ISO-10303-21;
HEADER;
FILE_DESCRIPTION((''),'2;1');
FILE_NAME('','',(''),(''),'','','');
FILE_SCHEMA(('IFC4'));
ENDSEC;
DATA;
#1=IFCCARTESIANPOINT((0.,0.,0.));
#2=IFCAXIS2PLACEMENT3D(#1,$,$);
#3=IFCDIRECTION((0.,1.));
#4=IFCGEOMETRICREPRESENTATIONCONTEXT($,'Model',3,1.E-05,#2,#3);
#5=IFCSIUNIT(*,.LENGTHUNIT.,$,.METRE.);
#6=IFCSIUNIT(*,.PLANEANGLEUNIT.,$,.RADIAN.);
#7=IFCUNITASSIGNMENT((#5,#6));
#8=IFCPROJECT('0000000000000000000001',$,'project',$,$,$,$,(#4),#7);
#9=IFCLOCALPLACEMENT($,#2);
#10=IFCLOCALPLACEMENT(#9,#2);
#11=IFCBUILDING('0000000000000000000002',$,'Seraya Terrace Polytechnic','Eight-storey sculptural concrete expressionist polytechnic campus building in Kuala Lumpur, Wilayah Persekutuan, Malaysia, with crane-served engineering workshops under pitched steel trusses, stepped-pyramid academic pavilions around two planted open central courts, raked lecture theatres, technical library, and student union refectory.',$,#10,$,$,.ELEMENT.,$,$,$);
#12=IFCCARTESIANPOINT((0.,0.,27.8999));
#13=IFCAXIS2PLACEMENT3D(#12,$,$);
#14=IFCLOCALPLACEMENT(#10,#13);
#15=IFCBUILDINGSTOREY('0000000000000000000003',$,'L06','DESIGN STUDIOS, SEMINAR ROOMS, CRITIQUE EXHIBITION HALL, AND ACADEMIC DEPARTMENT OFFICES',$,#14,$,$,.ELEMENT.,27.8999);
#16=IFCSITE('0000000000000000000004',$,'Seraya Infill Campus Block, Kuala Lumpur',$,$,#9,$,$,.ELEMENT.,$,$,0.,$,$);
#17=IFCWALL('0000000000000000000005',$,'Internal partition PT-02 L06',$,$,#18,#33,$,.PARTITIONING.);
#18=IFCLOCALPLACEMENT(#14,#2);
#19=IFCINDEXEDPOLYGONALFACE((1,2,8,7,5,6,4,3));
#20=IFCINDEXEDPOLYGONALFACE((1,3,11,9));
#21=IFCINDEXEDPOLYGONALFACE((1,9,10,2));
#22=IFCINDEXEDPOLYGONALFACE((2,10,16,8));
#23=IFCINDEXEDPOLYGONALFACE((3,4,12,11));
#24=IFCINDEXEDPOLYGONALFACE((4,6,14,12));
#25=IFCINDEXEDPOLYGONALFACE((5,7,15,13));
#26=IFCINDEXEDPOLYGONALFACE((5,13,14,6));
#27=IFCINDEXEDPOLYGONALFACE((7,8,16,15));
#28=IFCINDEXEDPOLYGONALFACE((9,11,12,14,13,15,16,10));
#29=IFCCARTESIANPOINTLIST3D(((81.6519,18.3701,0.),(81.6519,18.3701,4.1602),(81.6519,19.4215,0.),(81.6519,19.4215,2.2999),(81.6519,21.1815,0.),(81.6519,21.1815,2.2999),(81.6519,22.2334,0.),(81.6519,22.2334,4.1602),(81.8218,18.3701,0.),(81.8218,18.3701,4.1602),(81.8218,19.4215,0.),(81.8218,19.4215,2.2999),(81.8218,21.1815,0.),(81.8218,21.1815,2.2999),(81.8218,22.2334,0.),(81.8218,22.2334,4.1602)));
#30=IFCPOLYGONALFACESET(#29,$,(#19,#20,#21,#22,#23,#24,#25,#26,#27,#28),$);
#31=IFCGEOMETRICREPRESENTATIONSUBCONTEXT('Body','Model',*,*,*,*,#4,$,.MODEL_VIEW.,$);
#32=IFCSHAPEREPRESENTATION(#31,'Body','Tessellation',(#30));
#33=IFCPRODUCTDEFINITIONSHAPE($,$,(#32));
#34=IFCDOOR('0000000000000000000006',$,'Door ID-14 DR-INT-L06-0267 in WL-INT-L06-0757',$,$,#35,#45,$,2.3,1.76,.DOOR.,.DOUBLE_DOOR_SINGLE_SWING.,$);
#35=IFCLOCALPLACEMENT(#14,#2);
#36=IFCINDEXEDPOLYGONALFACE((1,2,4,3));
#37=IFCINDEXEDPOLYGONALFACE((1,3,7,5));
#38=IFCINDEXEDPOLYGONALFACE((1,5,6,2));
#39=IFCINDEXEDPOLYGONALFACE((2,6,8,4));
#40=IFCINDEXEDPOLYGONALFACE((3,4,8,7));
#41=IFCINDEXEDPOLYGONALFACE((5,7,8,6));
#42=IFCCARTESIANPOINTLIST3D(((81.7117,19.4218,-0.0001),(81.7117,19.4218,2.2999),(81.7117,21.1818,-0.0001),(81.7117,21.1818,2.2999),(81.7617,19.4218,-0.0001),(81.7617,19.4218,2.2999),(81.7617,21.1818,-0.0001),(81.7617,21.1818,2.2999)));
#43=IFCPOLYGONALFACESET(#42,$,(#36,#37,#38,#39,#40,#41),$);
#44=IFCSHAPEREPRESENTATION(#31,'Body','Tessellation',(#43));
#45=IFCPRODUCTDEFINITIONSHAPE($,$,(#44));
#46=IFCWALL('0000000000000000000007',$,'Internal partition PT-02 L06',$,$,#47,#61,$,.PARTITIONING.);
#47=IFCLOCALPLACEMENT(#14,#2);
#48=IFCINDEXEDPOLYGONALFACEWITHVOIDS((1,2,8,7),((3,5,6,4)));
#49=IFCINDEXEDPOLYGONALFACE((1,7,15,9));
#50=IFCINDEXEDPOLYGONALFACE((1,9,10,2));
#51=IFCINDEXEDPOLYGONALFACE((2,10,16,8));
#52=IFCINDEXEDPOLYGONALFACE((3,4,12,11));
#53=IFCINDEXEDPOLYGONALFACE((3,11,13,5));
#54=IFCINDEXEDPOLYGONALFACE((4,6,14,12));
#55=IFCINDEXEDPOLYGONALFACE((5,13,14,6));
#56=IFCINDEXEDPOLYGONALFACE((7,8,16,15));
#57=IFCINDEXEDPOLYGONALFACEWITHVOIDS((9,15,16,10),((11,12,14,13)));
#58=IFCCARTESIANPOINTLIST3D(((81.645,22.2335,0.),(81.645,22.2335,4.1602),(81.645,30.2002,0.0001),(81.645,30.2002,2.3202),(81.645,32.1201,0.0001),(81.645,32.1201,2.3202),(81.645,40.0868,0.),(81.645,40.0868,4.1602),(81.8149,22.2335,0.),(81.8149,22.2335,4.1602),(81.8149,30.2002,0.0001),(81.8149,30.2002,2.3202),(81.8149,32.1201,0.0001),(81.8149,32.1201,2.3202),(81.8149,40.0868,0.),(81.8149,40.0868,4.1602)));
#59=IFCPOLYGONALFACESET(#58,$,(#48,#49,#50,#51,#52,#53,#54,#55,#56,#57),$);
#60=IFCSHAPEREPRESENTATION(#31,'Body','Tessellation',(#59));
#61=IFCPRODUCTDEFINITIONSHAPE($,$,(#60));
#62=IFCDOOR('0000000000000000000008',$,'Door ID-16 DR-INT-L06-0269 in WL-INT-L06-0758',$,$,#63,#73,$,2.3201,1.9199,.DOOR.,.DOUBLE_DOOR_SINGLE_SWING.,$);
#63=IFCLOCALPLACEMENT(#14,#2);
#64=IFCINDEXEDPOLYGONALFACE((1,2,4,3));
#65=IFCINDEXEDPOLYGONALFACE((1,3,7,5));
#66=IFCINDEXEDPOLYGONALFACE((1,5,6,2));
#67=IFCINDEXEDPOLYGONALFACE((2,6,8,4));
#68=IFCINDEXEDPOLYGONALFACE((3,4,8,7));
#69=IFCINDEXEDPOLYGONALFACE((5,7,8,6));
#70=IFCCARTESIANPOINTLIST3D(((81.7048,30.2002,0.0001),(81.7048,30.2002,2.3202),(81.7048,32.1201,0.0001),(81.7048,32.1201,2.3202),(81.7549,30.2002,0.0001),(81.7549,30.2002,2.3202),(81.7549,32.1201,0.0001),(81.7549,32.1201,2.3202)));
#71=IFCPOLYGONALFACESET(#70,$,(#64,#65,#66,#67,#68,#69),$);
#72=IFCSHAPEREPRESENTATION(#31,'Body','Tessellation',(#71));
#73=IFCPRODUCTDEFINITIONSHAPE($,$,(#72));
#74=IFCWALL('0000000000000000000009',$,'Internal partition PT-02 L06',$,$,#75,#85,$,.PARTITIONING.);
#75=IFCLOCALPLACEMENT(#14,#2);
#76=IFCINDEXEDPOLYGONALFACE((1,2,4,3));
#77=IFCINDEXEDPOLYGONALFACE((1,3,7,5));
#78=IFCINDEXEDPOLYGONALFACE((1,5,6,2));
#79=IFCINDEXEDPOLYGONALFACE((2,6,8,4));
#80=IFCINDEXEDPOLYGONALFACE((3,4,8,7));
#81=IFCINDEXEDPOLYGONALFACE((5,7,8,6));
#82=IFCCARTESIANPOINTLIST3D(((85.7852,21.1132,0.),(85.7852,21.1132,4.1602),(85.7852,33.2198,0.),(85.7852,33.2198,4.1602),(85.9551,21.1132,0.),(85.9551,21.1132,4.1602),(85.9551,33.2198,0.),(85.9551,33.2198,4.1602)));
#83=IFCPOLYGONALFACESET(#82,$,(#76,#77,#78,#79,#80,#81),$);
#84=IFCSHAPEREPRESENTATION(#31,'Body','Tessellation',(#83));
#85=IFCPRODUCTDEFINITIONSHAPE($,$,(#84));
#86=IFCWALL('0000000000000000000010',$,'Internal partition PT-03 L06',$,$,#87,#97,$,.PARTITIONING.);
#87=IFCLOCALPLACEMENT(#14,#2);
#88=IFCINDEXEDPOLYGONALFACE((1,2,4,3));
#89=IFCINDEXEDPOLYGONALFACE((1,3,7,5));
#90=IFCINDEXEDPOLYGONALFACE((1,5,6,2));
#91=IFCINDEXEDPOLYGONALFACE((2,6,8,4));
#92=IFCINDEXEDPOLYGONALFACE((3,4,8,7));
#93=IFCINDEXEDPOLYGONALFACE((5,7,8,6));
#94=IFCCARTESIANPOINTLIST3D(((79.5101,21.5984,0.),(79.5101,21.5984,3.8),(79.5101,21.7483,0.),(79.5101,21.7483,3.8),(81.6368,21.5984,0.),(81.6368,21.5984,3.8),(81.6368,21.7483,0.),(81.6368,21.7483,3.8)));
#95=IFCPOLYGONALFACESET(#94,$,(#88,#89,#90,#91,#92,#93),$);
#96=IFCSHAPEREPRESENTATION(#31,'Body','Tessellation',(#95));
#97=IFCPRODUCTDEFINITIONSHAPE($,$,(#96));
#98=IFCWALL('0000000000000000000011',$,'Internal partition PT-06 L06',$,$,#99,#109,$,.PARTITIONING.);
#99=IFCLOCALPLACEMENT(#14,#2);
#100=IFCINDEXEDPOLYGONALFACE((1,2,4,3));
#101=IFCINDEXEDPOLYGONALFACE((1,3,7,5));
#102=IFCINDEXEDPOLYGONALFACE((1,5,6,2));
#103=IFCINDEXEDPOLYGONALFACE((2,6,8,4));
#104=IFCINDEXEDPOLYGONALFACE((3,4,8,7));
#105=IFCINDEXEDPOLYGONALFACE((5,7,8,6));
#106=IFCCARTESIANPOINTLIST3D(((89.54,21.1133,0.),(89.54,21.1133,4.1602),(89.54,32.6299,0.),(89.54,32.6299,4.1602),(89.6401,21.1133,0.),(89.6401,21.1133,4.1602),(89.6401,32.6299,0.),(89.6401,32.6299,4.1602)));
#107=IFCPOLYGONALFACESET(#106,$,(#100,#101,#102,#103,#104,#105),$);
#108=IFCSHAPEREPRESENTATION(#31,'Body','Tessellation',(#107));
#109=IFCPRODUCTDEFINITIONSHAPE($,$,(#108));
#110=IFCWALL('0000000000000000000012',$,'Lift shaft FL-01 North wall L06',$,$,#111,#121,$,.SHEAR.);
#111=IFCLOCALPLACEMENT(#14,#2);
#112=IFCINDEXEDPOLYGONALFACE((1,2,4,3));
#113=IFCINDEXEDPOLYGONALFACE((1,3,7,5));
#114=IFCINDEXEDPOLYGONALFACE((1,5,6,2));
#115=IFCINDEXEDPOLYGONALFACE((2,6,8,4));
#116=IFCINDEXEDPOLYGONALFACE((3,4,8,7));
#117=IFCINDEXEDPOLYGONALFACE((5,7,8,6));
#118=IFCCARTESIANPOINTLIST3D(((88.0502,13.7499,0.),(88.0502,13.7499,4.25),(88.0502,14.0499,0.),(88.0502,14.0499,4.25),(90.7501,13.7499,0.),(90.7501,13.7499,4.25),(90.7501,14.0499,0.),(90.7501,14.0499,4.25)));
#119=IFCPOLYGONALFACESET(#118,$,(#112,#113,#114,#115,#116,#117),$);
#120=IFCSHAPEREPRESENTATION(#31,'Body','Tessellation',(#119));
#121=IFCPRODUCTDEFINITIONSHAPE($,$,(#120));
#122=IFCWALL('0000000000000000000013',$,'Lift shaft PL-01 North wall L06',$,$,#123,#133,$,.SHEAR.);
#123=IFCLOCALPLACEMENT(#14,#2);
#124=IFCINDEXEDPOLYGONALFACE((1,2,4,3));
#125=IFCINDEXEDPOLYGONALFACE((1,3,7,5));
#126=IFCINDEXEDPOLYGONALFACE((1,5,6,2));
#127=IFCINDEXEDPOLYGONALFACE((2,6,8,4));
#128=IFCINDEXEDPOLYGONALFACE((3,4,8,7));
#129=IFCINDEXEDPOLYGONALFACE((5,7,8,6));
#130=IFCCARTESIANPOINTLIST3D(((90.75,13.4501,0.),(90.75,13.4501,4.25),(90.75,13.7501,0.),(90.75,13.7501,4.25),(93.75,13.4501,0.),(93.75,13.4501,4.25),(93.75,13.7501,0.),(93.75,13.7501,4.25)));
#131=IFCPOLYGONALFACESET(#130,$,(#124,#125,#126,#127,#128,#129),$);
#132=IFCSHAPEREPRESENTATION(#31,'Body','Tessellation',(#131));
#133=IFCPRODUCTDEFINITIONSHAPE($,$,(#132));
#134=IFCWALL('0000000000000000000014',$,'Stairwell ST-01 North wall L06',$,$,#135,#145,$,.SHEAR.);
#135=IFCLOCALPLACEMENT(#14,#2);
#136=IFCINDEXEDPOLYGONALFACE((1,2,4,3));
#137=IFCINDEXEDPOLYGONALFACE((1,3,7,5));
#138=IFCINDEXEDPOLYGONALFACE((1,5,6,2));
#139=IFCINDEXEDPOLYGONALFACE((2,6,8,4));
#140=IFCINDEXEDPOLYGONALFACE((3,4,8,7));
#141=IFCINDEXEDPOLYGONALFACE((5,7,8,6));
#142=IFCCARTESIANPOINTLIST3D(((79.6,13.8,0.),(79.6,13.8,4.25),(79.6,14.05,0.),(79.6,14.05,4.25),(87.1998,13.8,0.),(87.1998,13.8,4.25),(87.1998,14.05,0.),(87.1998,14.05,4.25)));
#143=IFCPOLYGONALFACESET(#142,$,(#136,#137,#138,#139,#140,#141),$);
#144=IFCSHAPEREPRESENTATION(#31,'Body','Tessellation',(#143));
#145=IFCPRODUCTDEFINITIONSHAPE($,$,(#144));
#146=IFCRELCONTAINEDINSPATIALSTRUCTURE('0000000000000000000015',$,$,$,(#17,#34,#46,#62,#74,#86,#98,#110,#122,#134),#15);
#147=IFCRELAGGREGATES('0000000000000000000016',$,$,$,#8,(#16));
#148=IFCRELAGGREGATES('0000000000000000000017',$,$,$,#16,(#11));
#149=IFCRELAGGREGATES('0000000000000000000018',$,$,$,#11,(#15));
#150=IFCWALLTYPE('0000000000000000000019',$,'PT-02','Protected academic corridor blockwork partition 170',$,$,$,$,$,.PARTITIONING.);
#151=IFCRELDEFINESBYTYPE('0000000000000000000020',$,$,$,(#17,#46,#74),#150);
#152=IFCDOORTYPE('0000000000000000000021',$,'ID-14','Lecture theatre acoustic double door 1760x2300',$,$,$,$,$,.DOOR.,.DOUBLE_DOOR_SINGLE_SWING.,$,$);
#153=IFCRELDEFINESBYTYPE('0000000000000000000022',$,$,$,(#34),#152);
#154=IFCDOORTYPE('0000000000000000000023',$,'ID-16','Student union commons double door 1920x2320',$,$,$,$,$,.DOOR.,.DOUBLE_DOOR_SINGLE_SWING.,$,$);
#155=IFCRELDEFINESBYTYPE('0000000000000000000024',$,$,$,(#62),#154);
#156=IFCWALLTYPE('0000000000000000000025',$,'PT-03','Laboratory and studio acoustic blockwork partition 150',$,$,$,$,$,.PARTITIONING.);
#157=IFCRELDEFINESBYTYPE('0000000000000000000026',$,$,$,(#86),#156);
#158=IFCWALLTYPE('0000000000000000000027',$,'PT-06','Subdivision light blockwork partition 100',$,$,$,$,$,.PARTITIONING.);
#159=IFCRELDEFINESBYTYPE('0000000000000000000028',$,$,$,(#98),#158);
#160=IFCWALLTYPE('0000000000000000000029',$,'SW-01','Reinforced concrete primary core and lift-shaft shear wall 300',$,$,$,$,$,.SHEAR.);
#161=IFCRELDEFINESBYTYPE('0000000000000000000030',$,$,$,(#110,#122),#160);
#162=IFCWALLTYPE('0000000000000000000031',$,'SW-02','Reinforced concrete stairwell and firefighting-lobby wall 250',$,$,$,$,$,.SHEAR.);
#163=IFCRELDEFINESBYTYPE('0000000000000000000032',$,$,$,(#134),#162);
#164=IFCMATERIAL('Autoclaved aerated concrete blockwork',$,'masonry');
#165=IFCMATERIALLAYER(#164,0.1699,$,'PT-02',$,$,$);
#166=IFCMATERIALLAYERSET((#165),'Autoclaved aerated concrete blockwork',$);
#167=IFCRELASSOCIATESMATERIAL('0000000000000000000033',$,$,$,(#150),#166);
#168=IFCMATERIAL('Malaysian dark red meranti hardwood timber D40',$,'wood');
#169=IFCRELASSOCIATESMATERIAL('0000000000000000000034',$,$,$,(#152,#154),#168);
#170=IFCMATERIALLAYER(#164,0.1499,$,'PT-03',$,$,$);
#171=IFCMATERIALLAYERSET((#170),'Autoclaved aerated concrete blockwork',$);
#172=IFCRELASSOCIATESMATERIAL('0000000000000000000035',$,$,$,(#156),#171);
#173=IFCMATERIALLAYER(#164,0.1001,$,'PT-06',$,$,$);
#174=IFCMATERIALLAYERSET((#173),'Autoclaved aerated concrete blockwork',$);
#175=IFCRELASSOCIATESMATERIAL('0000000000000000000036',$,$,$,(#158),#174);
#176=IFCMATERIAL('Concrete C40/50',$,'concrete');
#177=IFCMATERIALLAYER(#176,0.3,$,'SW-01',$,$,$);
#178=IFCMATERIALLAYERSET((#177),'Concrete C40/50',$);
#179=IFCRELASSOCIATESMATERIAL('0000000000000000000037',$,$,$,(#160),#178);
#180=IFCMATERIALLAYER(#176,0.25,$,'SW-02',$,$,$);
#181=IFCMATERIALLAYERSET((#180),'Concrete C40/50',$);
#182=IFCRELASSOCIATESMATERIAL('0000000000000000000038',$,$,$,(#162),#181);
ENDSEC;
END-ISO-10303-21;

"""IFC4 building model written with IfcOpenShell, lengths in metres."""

from ifc_helpers import new_model, si_unit, direction, frame, frame_2d, origin, place, context, subcontext, project, spatial, rectangle, extrude, material, layer, layer_set, type_object, element, fill, save


model = new_model("IFC4")

# Units and contexts
model_context = context("Model", 3, precision=1e-05, world=origin(), true_north=direction((0.0, 1.0)))
body_context = subcontext(model_context, "Body", "Model", "MODEL_VIEW")
ifc_project = project(units=[si_unit("LENGTHUNIT", "METRE"), si_unit("PLANEANGLEUNIT", "RADIAN")], contexts=[model_context])

# Site, building, storey
site_placement = place(None, origin())
site = spatial("IfcSite", under=ifc_project, at=site_placement, Name="Seraya Infill Campus Block, Kuala Lumpur", CompositionType="ELEMENT", RefElevation=0.0)
building_placement = place(site_placement, origin())
building = spatial("IfcBuilding", under=site, at=building_placement, Name="Seraya Terrace Polytechnic", Description="Eight-storey sculptural concrete expressionist polytechnic campus building in Kuala Lumpur, Wilayah Persekutuan, Malaysia, with crane-served engineering workshops under pitched steel trusses, stepped-pyramid academic pavilions around two planted open central courts, raked lecture theatres, technical library, and student union refectory.", CompositionType="ELEMENT")
storey_placement = place(building_placement, frame((0.0, 0.0, 27.8999)))
storey = spatial("IfcBuildingStorey", under=building, at=storey_placement, Name="L06", Description="DESIGN STUDIOS, SEMINAR ROOMS, CRITIQUE EXHIBITION HALL, AND ACADEMIC DEPARTMENT OFFICES", CompositionType="ELEMENT", Elevation=27.8999)

# Shared definitions
ifc_material_1 = material(Name="Concrete C40/50", Category="concrete")

# Walls, openings, doors
ifc_material_2 = material(Name="Autoclaved aerated concrete blockwork", Category="masonry")
ifc_layer_1 = layer(ifc_material_2, 0.1699, Name="PT-02")
ifc_layer_set_1 = layer_set([ifc_layer_1], Name="Autoclaved aerated concrete blockwork")
wall_type_1 = type_object("IfcWallType", Name="PT-02", Description="Protected academic corridor blockwork partition 170", PredefinedType="PARTITIONING", material=ifc_layer_set_1)
wall_1_placement = place(storey_placement, frame((81.7368, 18.3701, 0.0), z_axis=(0.0, 0.0, 1.0), x_axis=(0.0, 1.0, 0.0)))
wall_1 = element("IfcWall", 1, at=wall_1_placement, inside=storey, type_object=wall_type_1, Name="Internal partition PT-02 L06", PredefinedType="PARTITIONING", context=body_context, shape_type="SweptSolid", body=[
    extrude(rectangle(XDim=3.8633, YDim=0.1699, at=frame_2d((1.9316, 0.0))), origin(), (0.0, 0.0, 1.0), 4.1602),
])
opening_1_placement = place(wall_1_placement, frame((1.0515, 0.0, 0.0)))
opening_1 = element("IfcOpeningElement", 2, at=opening_1_placement, cuts=wall_1, PredefinedType="OPENING", context=body_context, shape_type="SweptSolid", body=[
    extrude(rectangle(XDim=1.76, YDim=2.3, at=frame_2d((0.8799, 1.1499))), frame((0.0, 0.0969, 0.0), z_axis=(0.0, -1.0, 0.0), x_axis=(1.0, 0.0, 0.0)), (0.0, 0.0, 1.0), 0.1938),
])
ifc_material_3 = material(Name="Malaysian dark red meranti hardwood timber D40", Category="wood")
door_type_1 = type_object("IfcDoorType", Name="ID-14", Description="Lecture theatre acoustic double door 1760x2300", OperationType="DOUBLE_DOOR_SINGLE_SWING", PredefinedType="DOOR", material=ifc_material_3)
door_1_placement = place(opening_1_placement, frame((1.76, 0.0, 0.0), z_axis=(0.0, 0.0, 1.0), x_axis=(-1.0, 0.0, 0.0)))
door_1 = element("IfcDoor", 3, at=door_1_placement, inside=storey, type_object=door_type_1, Name="Door ID-14 DR-INT-L06-0267 in WL-INT-L06-0757", OperationType="DOUBLE_DOOR_SINGLE_SWING", OverallHeight=2.3, OverallWidth=1.76, PredefinedType="DOOR", context=body_context, shape_type="SweptSolid", body=[
    extrude(rectangle(XDim=1.76, YDim=2.3, at=frame_2d((0.8799, 1.1499))), frame((0.0, 0.0249, 0.0), z_axis=(0.0, -1.0, 0.0), x_axis=(1.0, 0.0, 0.0)), (0.0, 0.0, 1.0), 0.05),
])
fill(opening_1, door_1)
wall_2_placement = place(storey_placement, frame((81.73, 22.2334, 0.0), z_axis=(0.0, 0.0, 1.0), x_axis=(0.0, 1.0, 0.0)))
wall_2 = element("IfcWall", 4, at=wall_2_placement, inside=storey, type_object=wall_type_1, Name="Internal partition PT-02 L06", PredefinedType="PARTITIONING", context=body_context, shape_type="SweptSolid", body=[
    extrude(rectangle(XDim=17.8533, YDim=0.1699, at=frame_2d((8.9268, 0.0))), origin(), (0.0, 0.0, 1.0), 4.1602),
])
opening_2_placement = place(wall_2_placement, frame((7.9668, 0.0, 0.0)))
opening_2 = element("IfcOpeningElement", 5, at=opening_2_placement, cuts=wall_2, PredefinedType="OPENING", context=body_context, shape_type="SweptSolid", body=[
    extrude(rectangle(XDim=1.9199, YDim=2.3201, at=frame_2d((0.96, 1.1602))), frame((0.0, 0.0969, 0.0), z_axis=(0.0, -1.0, 0.0), x_axis=(1.0, 0.0, 0.0)), (0.0, 0.0, 1.0), 0.1938),
])
door_type_2 = type_object("IfcDoorType", Name="ID-16", Description="Student union commons double door 1920x2320", OperationType="DOUBLE_DOOR_SINGLE_SWING", PredefinedType="DOOR", material=ifc_material_3)
door_2_placement = place(opening_2_placement, frame((1.9199, 0.0, 0.0), z_axis=(0.0, 0.0, 1.0), x_axis=(-1.0, 0.0, 0.0)))
door_2 = element("IfcDoor", 6, at=door_2_placement, inside=storey, type_object=door_type_2, Name="Door ID-16 DR-INT-L06-0269 in WL-INT-L06-0758", OperationType="DOUBLE_DOOR_SINGLE_SWING", OverallHeight=2.3201, OverallWidth=1.9199, PredefinedType="DOOR", context=body_context, shape_type="SweptSolid", body=[
    extrude(rectangle(XDim=1.9199, YDim=2.3201, at=frame_2d((0.96, 1.1602))), frame((0.0, 0.0249, 0.0), z_axis=(0.0, -1.0, 0.0), x_axis=(1.0, 0.0, 0.0)), (0.0, 0.0, 1.0), 0.05),
])
fill(opening_2, door_2)

# Walls
wall_3_placement = place(storey_placement, frame((85.8701, 21.1133, 0.0), z_axis=(0.0, 0.0, 1.0), x_axis=(0.0, 1.0, 0.0)))
element("IfcWall", 7, at=wall_3_placement, inside=storey, type_object=wall_type_1, Name="Internal partition PT-02 L06", PredefinedType="PARTITIONING", context=body_context, shape_type="SweptSolid", body=[
    extrude(rectangle(XDim=12.1067, YDim=0.1699, at=frame_2d((6.0532, 0.0))), origin(), (0.0, 0.0, 1.0), 4.1602),
])
ifc_layer_2 = layer(ifc_material_2, 0.1499, Name="PT-03")
ifc_layer_set_2 = layer_set([ifc_layer_2], Name="Autoclaved aerated concrete blockwork")
wall_type_2 = type_object("IfcWallType", Name="PT-03", Description="Laboratory and studio acoustic blockwork partition 150", PredefinedType="PARTITIONING", material=ifc_layer_set_2)
wall_4_placement = place(storey_placement, frame((79.51, 21.6733, 0.0), z_axis=(0.0, 0.0, 1.0), x_axis=(1.0, 0.0, 0.0)))
element("IfcWall", 8, at=wall_4_placement, inside=storey, type_object=wall_type_2, Name="Internal partition PT-03 L06", PredefinedType="PARTITIONING", context=body_context, shape_type="SweptSolid", body=[
    extrude(rectangle(XDim=2.1267, YDim=0.1499, at=frame_2d((1.0635, 0.0))), origin(), (0.0, 0.0, 1.0), 3.8),
])
ifc_layer_3 = layer(ifc_material_2, 0.1001, Name="PT-06")
ifc_layer_set_3 = layer_set([ifc_layer_3], Name="Autoclaved aerated concrete blockwork")
wall_type_3 = type_object("IfcWallType", Name="PT-06", Description="Subdivision light blockwork partition 100", PredefinedType="PARTITIONING", material=ifc_layer_set_3)
wall_5_placement = place(storey_placement, frame((89.5901, 21.1133, 0.0), z_axis=(0.0, 0.0, 1.0), x_axis=(0.0, 1.0, 0.0)))
element("IfcWall", 9, at=wall_5_placement, inside=storey, type_object=wall_type_3, Name="Internal partition PT-06 L06", PredefinedType="PARTITIONING", context=body_context, shape_type="SweptSolid", body=[
    extrude(rectangle(XDim=11.5166, YDim=0.1001, at=frame_2d((5.7583, 0.0))), origin(), (0.0, 0.0, 1.0), 4.1602),
])
ifc_layer_4 = layer(ifc_material_1, 0.3, Name="SW-01")
ifc_layer_set_4 = layer_set([ifc_layer_4], Name="Concrete C40/50")
wall_type_4 = type_object("IfcWallType", Name="SW-01", Description="Reinforced concrete primary core and lift-shaft shear wall 300", PredefinedType="SHEAR", material=ifc_layer_set_4)
wall_6_placement = place(storey_placement, frame((88.05, 13.8999, 0.0), z_axis=(0.0, 0.0, 1.0), x_axis=(1.0, 0.0, 0.0)))
element("IfcWall", 10, at=wall_6_placement, inside=storey, type_object=wall_type_4, Name="Lift shaft FL-01 North wall L06", PredefinedType="SHEAR", context=body_context, shape_type="SweptSolid", body=[
    extrude(rectangle(XDim=2.7, YDim=0.3, at=frame_2d((1.3501, 0.0))), origin(), (0.0, 0.0, 1.0), 4.25),
])
wall_7_placement = place(storey_placement, frame((90.75, 13.6001, 0.0), z_axis=(0.0, 0.0, 1.0), x_axis=(1.0, 0.0, 0.0)))
element("IfcWall", 11, at=wall_7_placement, inside=storey, type_object=wall_type_4, Name="Lift shaft PL-01 North wall L06", PredefinedType="SHEAR", context=body_context, shape_type="SweptSolid", body=[
    extrude(rectangle(XDim=3.0, YDim=0.3, at=frame_2d((1.5, 0.0))), origin(), (0.0, 0.0, 1.0), 4.25),
])
ifc_layer_5 = layer(ifc_material_1, 0.25, Name="SW-02")
ifc_layer_set_5 = layer_set([ifc_layer_5], Name="Concrete C40/50")
wall_type_5 = type_object("IfcWallType", Name="SW-02", Description="Reinforced concrete stairwell and firefighting-lobby wall 250", PredefinedType="SHEAR", material=ifc_layer_set_5)
wall_8_placement = place(storey_placement, frame((79.6001, 13.925, 0.0), z_axis=(0.0, 0.0, 1.0), x_axis=(1.0, 0.0, 0.0)))
element("IfcWall", 12, at=wall_8_placement, inside=storey, type_object=wall_type_5, Name="Stairwell ST-01 North wall L06", PredefinedType="SHEAR", context=body_context, shape_type="SweptSolid", body=[
    extrude(rectangle(XDim=7.5999, YDim=0.25, at=frame_2d((3.7998, 0.0))), origin(), (0.0, 0.0, 1.0), 4.25),
])

save(model, "model.ifc")
